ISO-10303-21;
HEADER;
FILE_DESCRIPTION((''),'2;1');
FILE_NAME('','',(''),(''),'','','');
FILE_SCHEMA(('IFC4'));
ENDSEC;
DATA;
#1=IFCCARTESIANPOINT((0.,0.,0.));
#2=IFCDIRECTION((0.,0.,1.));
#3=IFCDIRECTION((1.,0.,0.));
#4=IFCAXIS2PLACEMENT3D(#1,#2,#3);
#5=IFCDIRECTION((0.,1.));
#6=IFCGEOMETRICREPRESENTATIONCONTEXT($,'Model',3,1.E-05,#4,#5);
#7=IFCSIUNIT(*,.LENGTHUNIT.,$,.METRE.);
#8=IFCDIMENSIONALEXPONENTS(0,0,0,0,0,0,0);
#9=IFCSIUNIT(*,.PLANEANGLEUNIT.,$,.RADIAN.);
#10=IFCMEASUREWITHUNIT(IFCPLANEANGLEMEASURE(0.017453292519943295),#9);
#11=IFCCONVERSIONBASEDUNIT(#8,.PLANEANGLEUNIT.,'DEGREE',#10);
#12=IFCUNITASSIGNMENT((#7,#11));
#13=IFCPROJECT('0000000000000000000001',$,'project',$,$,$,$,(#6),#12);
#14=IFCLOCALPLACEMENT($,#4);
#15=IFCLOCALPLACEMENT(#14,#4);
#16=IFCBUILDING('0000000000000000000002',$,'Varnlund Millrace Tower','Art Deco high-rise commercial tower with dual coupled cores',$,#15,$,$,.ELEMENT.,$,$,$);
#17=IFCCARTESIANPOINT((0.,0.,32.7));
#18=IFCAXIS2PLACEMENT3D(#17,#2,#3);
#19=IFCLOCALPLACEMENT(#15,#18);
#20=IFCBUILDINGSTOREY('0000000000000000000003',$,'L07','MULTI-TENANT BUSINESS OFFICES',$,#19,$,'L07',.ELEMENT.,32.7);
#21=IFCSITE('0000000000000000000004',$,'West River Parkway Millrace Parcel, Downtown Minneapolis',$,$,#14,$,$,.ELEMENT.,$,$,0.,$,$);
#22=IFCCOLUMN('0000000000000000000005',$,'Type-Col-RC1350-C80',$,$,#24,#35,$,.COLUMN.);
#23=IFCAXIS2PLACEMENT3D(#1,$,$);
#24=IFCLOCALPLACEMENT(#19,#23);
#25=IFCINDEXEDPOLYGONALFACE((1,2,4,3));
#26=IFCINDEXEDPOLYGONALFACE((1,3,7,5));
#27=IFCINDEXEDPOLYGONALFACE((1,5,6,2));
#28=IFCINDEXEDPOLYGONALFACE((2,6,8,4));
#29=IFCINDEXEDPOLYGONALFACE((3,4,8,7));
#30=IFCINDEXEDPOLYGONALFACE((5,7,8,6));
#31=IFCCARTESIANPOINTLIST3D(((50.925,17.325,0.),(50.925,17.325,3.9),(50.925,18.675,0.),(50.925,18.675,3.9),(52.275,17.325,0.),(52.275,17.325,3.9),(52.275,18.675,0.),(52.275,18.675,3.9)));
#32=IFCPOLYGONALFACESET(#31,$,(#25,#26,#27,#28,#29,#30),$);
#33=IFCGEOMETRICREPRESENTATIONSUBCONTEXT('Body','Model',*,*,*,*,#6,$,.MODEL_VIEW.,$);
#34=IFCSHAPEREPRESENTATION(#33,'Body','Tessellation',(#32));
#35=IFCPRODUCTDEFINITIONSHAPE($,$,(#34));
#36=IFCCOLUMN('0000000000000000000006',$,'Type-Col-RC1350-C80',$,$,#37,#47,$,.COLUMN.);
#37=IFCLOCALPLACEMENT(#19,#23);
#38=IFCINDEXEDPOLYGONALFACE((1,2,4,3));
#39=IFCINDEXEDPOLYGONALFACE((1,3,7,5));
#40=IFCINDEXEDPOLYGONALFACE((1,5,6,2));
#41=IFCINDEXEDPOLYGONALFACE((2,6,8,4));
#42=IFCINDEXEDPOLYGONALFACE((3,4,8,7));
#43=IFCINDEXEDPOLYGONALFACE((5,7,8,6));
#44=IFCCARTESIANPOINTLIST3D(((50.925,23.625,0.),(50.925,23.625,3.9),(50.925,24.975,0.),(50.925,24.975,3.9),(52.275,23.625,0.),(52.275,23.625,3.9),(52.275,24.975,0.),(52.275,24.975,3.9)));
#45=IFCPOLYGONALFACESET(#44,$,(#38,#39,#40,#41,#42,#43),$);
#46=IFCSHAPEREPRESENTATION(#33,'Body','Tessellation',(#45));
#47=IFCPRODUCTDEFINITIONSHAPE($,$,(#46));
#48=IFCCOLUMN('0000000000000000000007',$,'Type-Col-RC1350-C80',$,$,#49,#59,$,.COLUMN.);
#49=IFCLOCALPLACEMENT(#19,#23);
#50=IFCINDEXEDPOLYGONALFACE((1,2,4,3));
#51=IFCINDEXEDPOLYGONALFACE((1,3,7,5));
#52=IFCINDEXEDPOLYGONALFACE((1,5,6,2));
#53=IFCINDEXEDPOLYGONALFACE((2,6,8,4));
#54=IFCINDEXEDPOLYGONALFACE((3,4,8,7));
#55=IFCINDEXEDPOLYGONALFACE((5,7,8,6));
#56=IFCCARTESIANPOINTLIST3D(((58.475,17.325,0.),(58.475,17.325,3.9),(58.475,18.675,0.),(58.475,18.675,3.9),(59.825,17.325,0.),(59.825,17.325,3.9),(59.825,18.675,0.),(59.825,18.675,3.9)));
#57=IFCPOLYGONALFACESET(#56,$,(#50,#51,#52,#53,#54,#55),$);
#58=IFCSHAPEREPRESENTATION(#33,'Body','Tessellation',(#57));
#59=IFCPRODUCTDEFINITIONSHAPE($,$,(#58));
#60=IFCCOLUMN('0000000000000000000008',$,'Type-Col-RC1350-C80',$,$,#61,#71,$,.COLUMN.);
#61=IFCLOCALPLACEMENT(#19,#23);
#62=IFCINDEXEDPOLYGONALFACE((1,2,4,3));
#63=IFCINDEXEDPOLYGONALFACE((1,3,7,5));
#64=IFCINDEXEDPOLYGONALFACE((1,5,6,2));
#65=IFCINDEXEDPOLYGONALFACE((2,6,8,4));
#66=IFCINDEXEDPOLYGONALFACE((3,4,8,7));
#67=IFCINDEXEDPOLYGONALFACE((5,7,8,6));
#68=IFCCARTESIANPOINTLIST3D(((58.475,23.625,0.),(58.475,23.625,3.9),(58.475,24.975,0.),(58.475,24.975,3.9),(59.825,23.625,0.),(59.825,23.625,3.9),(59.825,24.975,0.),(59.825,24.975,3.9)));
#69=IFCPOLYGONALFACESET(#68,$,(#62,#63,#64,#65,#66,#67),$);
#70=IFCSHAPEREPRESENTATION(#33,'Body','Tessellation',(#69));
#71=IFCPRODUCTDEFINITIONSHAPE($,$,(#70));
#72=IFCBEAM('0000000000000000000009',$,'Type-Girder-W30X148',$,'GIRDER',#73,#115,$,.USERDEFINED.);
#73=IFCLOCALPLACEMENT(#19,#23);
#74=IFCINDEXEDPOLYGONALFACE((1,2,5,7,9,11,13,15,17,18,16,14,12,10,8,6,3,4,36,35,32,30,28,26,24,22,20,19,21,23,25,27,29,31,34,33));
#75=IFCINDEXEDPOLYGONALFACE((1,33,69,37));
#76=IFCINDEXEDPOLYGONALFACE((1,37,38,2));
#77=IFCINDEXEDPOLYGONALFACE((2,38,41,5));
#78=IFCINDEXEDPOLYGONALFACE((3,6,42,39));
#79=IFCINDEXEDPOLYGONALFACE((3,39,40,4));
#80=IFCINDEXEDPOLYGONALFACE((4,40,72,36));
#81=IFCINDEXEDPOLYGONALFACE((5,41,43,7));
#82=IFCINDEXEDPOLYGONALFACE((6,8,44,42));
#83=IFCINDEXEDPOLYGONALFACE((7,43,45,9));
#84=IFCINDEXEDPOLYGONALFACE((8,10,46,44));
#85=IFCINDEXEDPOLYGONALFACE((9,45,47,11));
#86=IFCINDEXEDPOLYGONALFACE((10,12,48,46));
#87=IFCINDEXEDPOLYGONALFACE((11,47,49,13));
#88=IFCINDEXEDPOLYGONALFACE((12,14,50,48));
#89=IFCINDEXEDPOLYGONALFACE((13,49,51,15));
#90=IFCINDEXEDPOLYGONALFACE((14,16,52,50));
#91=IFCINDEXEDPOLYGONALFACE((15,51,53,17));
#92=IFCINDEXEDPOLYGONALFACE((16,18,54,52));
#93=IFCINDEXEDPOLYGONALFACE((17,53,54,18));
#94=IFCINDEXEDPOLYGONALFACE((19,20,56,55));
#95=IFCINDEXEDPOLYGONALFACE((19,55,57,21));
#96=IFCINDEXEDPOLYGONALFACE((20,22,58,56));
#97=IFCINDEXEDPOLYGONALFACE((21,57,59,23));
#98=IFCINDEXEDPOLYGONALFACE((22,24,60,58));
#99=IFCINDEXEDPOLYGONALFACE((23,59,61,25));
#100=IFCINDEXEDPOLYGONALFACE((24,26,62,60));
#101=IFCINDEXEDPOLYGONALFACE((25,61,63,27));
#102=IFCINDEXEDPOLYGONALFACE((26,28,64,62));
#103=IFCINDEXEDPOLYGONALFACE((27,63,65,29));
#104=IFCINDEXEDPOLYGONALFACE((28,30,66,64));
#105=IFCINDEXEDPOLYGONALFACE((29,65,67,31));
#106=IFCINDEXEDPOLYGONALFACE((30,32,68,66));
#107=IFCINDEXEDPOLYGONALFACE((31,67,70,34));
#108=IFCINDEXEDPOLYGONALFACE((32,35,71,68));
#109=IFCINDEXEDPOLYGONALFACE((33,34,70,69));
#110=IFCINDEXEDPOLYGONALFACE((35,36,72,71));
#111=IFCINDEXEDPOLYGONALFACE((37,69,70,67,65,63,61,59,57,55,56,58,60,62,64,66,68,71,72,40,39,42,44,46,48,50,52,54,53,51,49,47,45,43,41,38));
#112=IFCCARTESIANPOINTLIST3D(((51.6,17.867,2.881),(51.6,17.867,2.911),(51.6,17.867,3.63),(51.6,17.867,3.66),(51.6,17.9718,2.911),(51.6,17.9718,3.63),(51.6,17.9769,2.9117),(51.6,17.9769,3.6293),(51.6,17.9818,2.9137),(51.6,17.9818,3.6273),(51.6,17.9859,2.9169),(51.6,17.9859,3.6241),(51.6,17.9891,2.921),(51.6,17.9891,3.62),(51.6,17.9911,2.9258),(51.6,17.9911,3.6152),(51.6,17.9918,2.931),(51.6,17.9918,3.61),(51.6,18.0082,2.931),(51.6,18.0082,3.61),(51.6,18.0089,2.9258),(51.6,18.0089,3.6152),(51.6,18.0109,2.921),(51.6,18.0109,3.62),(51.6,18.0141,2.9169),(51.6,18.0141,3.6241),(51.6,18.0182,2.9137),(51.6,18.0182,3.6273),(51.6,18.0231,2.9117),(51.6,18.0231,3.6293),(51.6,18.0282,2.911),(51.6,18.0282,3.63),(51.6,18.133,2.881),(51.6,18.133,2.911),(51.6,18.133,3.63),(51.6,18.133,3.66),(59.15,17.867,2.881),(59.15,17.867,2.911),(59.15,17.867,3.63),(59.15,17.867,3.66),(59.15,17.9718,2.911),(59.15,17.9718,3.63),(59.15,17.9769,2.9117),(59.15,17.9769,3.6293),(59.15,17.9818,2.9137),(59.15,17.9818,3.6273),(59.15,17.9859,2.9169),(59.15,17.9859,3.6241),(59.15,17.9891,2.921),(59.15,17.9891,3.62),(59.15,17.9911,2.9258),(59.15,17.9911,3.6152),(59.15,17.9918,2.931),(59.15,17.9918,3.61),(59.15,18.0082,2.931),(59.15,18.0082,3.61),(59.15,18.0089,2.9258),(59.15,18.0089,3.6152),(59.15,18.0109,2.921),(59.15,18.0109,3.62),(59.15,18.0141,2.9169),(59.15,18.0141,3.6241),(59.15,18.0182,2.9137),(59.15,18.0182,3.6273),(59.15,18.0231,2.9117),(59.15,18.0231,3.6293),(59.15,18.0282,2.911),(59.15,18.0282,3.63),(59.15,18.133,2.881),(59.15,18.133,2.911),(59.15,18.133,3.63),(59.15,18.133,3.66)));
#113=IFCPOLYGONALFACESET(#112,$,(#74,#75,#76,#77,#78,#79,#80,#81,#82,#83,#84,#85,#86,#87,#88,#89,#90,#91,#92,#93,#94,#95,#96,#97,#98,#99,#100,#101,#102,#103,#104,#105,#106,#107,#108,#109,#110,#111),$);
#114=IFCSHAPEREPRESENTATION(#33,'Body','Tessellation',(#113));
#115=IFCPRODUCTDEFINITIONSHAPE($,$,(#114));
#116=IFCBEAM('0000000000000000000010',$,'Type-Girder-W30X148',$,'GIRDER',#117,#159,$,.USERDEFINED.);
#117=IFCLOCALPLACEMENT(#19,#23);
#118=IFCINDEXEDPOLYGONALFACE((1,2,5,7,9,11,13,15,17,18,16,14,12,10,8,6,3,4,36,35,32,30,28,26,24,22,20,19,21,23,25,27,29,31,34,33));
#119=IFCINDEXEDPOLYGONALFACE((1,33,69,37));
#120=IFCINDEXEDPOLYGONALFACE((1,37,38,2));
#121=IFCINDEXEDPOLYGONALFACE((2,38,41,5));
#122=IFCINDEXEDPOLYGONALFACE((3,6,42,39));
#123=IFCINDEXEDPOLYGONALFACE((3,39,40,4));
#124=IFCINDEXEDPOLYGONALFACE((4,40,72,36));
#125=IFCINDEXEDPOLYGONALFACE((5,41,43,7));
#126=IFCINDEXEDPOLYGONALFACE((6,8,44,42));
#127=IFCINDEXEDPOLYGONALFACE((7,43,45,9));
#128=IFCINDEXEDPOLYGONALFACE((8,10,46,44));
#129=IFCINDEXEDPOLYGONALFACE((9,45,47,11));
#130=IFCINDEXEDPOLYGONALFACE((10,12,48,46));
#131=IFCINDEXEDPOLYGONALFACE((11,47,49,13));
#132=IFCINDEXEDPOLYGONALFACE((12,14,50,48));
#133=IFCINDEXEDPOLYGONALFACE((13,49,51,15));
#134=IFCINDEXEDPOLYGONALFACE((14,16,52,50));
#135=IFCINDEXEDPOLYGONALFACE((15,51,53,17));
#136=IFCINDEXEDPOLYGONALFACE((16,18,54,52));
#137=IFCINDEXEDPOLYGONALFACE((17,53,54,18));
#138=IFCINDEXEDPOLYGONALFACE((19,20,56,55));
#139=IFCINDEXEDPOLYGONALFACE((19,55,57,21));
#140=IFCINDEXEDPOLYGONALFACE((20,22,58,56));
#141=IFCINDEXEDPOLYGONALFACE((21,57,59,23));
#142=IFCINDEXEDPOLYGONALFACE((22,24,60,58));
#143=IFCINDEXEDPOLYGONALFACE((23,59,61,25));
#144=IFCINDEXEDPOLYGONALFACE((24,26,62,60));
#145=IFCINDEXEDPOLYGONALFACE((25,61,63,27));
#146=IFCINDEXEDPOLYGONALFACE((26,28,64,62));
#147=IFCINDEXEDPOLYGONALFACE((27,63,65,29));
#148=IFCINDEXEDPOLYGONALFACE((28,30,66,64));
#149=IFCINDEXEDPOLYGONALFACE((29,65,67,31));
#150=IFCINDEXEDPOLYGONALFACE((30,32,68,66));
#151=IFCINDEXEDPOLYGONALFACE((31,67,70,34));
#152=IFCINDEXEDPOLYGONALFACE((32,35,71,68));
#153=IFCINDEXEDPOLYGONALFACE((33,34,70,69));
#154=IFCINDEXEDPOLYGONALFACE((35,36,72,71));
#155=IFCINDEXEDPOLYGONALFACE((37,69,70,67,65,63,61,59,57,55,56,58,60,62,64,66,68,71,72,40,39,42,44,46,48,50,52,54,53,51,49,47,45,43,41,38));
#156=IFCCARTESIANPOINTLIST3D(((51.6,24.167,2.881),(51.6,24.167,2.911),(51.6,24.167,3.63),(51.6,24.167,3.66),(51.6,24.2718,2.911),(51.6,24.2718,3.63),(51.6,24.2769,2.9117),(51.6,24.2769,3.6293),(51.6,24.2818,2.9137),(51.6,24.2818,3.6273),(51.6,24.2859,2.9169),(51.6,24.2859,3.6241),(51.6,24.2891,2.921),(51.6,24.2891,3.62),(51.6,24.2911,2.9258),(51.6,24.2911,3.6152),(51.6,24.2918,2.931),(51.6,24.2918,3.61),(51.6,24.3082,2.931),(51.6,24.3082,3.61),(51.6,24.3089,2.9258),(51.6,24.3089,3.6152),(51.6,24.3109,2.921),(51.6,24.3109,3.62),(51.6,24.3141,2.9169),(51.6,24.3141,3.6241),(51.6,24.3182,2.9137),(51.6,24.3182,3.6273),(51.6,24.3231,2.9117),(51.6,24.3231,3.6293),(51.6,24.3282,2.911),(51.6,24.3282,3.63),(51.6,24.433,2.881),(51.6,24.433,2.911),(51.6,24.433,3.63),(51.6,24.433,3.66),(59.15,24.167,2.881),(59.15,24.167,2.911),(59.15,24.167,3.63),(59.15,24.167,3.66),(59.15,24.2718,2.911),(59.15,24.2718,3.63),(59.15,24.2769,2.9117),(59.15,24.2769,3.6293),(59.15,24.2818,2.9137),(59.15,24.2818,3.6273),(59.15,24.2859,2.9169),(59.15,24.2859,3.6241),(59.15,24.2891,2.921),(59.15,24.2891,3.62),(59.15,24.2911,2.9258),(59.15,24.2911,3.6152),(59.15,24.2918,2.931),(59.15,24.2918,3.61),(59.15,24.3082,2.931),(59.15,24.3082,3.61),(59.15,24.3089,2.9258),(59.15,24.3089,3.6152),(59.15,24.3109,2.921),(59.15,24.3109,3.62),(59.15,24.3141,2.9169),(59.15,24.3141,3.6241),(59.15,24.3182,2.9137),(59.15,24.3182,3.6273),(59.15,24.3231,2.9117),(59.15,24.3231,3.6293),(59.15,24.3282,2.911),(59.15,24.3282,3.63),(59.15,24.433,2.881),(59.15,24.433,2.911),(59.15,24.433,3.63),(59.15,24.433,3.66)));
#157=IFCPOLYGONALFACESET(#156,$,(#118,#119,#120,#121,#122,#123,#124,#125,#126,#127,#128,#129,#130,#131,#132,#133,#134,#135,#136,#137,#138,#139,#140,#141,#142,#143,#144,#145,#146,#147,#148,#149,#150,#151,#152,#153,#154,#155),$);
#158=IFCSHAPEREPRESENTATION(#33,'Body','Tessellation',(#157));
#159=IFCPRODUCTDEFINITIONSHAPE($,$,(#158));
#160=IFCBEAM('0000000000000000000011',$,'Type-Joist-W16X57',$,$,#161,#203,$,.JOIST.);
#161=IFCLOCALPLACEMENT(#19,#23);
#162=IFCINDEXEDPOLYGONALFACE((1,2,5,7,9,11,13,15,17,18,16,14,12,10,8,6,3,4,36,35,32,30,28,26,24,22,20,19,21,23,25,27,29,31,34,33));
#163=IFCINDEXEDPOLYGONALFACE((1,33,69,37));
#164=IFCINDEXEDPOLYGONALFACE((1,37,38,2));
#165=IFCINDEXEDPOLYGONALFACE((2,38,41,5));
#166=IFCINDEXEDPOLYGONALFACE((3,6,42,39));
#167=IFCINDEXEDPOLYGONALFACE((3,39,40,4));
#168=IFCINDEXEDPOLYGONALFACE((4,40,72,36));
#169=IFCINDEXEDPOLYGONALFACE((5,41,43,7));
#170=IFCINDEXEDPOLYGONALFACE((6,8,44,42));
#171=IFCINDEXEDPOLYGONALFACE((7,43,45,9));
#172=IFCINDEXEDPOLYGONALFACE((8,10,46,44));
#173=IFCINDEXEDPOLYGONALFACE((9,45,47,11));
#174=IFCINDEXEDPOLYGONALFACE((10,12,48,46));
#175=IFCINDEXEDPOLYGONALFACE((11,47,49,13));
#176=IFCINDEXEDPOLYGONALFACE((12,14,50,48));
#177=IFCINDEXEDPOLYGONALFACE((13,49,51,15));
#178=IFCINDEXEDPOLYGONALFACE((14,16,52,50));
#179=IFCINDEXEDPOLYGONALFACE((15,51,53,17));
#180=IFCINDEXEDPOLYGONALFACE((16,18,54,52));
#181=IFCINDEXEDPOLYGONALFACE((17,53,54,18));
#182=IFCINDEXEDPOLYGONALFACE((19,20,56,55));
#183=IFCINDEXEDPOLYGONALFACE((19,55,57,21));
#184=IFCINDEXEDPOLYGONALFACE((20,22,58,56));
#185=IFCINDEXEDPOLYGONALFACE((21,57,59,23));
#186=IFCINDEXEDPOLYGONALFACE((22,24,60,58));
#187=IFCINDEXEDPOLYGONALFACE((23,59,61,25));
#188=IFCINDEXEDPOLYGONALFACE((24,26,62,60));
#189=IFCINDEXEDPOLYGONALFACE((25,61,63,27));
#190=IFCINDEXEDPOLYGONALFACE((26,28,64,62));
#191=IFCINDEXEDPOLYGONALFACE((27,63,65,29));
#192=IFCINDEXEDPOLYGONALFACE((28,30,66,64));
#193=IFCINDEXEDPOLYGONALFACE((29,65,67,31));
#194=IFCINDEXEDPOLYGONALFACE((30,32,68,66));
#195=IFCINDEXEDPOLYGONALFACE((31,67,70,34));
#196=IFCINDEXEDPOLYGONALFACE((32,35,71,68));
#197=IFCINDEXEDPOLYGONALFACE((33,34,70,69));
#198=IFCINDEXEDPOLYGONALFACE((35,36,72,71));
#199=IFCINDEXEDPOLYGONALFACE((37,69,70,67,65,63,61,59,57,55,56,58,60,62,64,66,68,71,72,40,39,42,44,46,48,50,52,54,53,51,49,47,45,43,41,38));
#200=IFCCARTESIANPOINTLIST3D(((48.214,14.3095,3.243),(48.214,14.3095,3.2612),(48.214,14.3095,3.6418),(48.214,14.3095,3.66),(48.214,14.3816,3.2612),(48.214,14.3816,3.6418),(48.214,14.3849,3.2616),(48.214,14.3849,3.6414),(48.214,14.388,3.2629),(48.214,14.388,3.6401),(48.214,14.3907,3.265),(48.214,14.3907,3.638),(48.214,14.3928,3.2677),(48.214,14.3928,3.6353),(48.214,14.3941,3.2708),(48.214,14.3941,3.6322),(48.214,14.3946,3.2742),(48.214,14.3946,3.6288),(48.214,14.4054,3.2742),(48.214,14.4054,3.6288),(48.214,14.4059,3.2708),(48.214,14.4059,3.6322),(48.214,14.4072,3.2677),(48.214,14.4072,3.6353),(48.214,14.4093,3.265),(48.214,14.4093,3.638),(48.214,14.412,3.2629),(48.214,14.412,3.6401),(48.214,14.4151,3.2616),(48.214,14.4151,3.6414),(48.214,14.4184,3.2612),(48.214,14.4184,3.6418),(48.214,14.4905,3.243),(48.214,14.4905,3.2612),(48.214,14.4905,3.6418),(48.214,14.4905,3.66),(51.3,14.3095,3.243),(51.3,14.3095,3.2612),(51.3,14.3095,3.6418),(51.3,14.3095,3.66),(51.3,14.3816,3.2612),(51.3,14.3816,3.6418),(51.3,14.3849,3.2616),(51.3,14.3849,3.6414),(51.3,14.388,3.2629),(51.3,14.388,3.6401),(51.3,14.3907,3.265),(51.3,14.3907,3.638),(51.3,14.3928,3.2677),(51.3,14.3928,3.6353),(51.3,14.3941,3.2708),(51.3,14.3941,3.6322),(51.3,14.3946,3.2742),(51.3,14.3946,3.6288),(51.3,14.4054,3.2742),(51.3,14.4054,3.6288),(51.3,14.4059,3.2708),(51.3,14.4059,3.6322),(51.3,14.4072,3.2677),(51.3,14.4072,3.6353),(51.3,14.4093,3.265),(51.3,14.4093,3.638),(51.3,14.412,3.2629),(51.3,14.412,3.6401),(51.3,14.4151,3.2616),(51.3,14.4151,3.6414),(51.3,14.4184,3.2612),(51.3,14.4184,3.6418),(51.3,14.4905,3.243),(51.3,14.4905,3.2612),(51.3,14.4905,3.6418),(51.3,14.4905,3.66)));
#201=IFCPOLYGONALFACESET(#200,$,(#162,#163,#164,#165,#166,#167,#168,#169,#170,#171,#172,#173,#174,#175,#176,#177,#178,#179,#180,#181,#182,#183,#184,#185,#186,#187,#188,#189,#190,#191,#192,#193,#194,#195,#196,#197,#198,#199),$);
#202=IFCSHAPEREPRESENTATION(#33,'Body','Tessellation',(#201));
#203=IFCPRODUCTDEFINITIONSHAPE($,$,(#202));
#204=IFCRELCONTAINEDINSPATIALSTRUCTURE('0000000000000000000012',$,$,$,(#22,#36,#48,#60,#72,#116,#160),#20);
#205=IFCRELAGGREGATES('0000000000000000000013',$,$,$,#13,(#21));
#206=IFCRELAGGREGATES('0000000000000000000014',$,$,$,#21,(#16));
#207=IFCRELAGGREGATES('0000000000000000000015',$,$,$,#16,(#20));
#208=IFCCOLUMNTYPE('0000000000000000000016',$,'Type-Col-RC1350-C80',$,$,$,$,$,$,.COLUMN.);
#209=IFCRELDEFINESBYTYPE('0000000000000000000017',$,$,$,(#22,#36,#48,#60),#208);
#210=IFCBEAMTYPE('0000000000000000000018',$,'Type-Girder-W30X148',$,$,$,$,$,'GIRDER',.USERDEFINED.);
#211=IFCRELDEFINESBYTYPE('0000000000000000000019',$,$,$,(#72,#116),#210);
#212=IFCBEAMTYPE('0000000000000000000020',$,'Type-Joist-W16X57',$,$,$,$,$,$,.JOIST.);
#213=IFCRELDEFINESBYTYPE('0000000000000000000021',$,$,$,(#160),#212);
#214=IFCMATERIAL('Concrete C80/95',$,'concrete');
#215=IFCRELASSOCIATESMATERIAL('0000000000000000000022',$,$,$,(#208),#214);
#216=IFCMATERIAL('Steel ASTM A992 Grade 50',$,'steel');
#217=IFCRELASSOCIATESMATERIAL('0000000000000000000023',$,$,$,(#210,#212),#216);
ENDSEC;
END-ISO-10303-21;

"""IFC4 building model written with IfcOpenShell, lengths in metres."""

from ifc_helpers import new_model, entity, si_unit, converted_unit, direction, frame, origin_with_axes, origin_2d_with_axis, place, context, subcontext, project, spatial, rectangle, i_section, extrude, material, material_profile, profile_set, type_object, element, save


model = new_model("IFC4")

# Units and contexts
model_context = context("Model", 3, precision=1e-05, world=origin_with_axes(), true_north=direction((0.0, 1.0)))
body_context = subcontext(model_context, "Body", "Model", "MODEL_VIEW")
ifc_project = project(units=[si_unit("LENGTHUNIT", "METRE"), converted_unit("PLANEANGLEUNIT", "DEGREE", entity("IfcPlaneAngleMeasure", 0.017453292519943295), si_unit("PLANEANGLEUNIT", "RADIAN"), dimensions=[0, 0, 0, 0, 0, 0, 0])], contexts=[model_context])

# Site, building, storey
site_placement = place(None, origin_with_axes())
site = spatial("IfcSite", under=ifc_project, at=site_placement, Name="West River Parkway Millrace Parcel, Downtown Minneapolis", CompositionType="ELEMENT", RefElevation=0.0)
building_placement = place(site_placement, origin_with_axes())
building = spatial("IfcBuilding", under=site, at=building_placement, Name="Varnlund Millrace Tower", Description="Art Deco high-rise commercial tower with dual coupled cores", CompositionType="ELEMENT")
storey_placement = place(building_placement, frame((0.0, 0.0, 32.7), z_axis=(0.0, 0.0, 1.0), x_axis=(1.0, 0.0, 0.0)))
storey = spatial("IfcBuildingStorey", under=building, at=storey_placement, Name="L07", Description="MULTI-TENANT BUSINESS OFFICES", LongName="L07", CompositionType="ELEMENT", Elevation=32.7)

# Columns
ifc_material_1 = material(Name="Concrete C80/95", Category="concrete")
ifc_material_profile_1 = material_profile(ifc_material_1, rectangle(XDim=1.35, YDim=1.35, at=origin_2d_with_axis()), Name="Concrete C80/95")
ifc_profile_set_1 = profile_set([ifc_material_profile_1], Name="Concrete C80/95")
column_type = type_object("IfcColumnType", Name="Type-Col-RC1350-C80", PredefinedType="COLUMN", material=ifc_profile_set_1)
for number, where, z_axis, x_axis, name in (
    (1, (51.6, 18.0, 0.0), (0.0, 0.0, 1.0), (1.0, 0.0, 0.0), "Type-Col-RC1350-C80"),
    (2, (51.6, 24.3, 0.0), (0.0, 0.0, 1.0), (1.0, 0.0, 0.0), "Type-Col-RC1350-C80"),
    (3, (59.15, 18.0, 0.0), (0.0, 0.0, 1.0), (1.0, 0.0, 0.0), "Type-Col-RC1350-C80"),
    (4, (59.15, 24.3, 0.0), (0.0, 0.0, 1.0), (1.0, 0.0, 0.0), "Type-Col-RC1350-C80"),
):
    element("IfcColumn", number, at=place(storey_placement, frame(where, z_axis=z_axis, x_axis=x_axis)), inside=storey, type_object=column_type, Name=name, PredefinedType="COLUMN", context=body_context, shape_type="SweptSolid", body=[
        extrude(rectangle(XDim=1.35, YDim=1.35, at=origin_2d_with_axis()), origin_with_axes(), (0.0, 0.0, 1.0), 3.9),
    ])

# Beams
ifc_material_2 = material(Name="Steel ASTM A992 Grade 50", Category="steel")
ifc_material_profile_2 = material_profile(ifc_material_2, i_section(OverallWidth=0.266, OverallDepth=0.779, WebThickness=0.0165, FlangeThickness=0.03, FilletRadius=0.02, at=origin_2d_with_axis()), Name="Steel ASTM A992 Grade 50")
ifc_profile_set_2 = profile_set([ifc_material_profile_2], Name="Steel ASTM A992 Grade 50")
beam_type_1 = type_object("IfcBeamType", Name="Type-Girder-W30X148", ElementType="GIRDER", PredefinedType="USERDEFINED", material=ifc_profile_set_2)
for number, where, z_axis, x_axis, name in (
    (5, (51.6, 18.0, 3.2705), (1.0, 0.0, 0.0), (0.0, 1.0, 0.0), "Type-Girder-W30X148"),
    (6, (51.6, 24.3, 3.2705), (1.0, 0.0, 0.0), (0.0, 1.0, 0.0), "Type-Girder-W30X148"),
):
    element("IfcBeam", number, at=place(storey_placement, frame(where, z_axis=z_axis, x_axis=x_axis)), inside=storey, type_object=beam_type_1, Name=name, ObjectType="GIRDER", PredefinedType="USERDEFINED", context=body_context, shape_type="SweptSolid", body=[
        extrude(i_section(OverallWidth=0.266, OverallDepth=0.779, WebThickness=0.0165, FlangeThickness=0.03, FilletRadius=0.02, at=origin_2d_with_axis()), origin_with_axes(), (0.0, 0.0, 1.0), 7.55),
    ])
ifc_material_profile_3 = material_profile(ifc_material_2, i_section(OverallWidth=0.181, OverallDepth=0.417, WebThickness=0.0109, FlangeThickness=0.0182, FilletRadius=0.013, at=origin_2d_with_axis()), Name="Steel ASTM A992 Grade 50")
ifc_profile_set_3 = profile_set([ifc_material_profile_3], Name="Steel ASTM A992 Grade 50")
beam_type_2 = type_object("IfcBeamType", Name="Type-Joist-W16X57", PredefinedType="JOIST", material=ifc_profile_set_3)
for number, where, z_axis, x_axis, name in (
    (7, (48.214, 14.4, 3.4515), (1.0, 0.0, 0.0), (0.0, 1.0, 0.0), "Type-Joist-W16X57"),
):
    element("IfcBeam", number, at=place(storey_placement, frame(where, z_axis=z_axis, x_axis=x_axis)), inside=storey, type_object=beam_type_2, Name=name, PredefinedType="JOIST", context=body_context, shape_type="SweptSolid", body=[
        extrude(i_section(OverallWidth=0.181, OverallDepth=0.417, WebThickness=0.0109, FlangeThickness=0.0182, FilletRadius=0.013, at=origin_2d_with_axis()), origin_with_axes(), (0.0, 0.0, 1.0), 3.086),
    ])

save(model, "model.ifc")
